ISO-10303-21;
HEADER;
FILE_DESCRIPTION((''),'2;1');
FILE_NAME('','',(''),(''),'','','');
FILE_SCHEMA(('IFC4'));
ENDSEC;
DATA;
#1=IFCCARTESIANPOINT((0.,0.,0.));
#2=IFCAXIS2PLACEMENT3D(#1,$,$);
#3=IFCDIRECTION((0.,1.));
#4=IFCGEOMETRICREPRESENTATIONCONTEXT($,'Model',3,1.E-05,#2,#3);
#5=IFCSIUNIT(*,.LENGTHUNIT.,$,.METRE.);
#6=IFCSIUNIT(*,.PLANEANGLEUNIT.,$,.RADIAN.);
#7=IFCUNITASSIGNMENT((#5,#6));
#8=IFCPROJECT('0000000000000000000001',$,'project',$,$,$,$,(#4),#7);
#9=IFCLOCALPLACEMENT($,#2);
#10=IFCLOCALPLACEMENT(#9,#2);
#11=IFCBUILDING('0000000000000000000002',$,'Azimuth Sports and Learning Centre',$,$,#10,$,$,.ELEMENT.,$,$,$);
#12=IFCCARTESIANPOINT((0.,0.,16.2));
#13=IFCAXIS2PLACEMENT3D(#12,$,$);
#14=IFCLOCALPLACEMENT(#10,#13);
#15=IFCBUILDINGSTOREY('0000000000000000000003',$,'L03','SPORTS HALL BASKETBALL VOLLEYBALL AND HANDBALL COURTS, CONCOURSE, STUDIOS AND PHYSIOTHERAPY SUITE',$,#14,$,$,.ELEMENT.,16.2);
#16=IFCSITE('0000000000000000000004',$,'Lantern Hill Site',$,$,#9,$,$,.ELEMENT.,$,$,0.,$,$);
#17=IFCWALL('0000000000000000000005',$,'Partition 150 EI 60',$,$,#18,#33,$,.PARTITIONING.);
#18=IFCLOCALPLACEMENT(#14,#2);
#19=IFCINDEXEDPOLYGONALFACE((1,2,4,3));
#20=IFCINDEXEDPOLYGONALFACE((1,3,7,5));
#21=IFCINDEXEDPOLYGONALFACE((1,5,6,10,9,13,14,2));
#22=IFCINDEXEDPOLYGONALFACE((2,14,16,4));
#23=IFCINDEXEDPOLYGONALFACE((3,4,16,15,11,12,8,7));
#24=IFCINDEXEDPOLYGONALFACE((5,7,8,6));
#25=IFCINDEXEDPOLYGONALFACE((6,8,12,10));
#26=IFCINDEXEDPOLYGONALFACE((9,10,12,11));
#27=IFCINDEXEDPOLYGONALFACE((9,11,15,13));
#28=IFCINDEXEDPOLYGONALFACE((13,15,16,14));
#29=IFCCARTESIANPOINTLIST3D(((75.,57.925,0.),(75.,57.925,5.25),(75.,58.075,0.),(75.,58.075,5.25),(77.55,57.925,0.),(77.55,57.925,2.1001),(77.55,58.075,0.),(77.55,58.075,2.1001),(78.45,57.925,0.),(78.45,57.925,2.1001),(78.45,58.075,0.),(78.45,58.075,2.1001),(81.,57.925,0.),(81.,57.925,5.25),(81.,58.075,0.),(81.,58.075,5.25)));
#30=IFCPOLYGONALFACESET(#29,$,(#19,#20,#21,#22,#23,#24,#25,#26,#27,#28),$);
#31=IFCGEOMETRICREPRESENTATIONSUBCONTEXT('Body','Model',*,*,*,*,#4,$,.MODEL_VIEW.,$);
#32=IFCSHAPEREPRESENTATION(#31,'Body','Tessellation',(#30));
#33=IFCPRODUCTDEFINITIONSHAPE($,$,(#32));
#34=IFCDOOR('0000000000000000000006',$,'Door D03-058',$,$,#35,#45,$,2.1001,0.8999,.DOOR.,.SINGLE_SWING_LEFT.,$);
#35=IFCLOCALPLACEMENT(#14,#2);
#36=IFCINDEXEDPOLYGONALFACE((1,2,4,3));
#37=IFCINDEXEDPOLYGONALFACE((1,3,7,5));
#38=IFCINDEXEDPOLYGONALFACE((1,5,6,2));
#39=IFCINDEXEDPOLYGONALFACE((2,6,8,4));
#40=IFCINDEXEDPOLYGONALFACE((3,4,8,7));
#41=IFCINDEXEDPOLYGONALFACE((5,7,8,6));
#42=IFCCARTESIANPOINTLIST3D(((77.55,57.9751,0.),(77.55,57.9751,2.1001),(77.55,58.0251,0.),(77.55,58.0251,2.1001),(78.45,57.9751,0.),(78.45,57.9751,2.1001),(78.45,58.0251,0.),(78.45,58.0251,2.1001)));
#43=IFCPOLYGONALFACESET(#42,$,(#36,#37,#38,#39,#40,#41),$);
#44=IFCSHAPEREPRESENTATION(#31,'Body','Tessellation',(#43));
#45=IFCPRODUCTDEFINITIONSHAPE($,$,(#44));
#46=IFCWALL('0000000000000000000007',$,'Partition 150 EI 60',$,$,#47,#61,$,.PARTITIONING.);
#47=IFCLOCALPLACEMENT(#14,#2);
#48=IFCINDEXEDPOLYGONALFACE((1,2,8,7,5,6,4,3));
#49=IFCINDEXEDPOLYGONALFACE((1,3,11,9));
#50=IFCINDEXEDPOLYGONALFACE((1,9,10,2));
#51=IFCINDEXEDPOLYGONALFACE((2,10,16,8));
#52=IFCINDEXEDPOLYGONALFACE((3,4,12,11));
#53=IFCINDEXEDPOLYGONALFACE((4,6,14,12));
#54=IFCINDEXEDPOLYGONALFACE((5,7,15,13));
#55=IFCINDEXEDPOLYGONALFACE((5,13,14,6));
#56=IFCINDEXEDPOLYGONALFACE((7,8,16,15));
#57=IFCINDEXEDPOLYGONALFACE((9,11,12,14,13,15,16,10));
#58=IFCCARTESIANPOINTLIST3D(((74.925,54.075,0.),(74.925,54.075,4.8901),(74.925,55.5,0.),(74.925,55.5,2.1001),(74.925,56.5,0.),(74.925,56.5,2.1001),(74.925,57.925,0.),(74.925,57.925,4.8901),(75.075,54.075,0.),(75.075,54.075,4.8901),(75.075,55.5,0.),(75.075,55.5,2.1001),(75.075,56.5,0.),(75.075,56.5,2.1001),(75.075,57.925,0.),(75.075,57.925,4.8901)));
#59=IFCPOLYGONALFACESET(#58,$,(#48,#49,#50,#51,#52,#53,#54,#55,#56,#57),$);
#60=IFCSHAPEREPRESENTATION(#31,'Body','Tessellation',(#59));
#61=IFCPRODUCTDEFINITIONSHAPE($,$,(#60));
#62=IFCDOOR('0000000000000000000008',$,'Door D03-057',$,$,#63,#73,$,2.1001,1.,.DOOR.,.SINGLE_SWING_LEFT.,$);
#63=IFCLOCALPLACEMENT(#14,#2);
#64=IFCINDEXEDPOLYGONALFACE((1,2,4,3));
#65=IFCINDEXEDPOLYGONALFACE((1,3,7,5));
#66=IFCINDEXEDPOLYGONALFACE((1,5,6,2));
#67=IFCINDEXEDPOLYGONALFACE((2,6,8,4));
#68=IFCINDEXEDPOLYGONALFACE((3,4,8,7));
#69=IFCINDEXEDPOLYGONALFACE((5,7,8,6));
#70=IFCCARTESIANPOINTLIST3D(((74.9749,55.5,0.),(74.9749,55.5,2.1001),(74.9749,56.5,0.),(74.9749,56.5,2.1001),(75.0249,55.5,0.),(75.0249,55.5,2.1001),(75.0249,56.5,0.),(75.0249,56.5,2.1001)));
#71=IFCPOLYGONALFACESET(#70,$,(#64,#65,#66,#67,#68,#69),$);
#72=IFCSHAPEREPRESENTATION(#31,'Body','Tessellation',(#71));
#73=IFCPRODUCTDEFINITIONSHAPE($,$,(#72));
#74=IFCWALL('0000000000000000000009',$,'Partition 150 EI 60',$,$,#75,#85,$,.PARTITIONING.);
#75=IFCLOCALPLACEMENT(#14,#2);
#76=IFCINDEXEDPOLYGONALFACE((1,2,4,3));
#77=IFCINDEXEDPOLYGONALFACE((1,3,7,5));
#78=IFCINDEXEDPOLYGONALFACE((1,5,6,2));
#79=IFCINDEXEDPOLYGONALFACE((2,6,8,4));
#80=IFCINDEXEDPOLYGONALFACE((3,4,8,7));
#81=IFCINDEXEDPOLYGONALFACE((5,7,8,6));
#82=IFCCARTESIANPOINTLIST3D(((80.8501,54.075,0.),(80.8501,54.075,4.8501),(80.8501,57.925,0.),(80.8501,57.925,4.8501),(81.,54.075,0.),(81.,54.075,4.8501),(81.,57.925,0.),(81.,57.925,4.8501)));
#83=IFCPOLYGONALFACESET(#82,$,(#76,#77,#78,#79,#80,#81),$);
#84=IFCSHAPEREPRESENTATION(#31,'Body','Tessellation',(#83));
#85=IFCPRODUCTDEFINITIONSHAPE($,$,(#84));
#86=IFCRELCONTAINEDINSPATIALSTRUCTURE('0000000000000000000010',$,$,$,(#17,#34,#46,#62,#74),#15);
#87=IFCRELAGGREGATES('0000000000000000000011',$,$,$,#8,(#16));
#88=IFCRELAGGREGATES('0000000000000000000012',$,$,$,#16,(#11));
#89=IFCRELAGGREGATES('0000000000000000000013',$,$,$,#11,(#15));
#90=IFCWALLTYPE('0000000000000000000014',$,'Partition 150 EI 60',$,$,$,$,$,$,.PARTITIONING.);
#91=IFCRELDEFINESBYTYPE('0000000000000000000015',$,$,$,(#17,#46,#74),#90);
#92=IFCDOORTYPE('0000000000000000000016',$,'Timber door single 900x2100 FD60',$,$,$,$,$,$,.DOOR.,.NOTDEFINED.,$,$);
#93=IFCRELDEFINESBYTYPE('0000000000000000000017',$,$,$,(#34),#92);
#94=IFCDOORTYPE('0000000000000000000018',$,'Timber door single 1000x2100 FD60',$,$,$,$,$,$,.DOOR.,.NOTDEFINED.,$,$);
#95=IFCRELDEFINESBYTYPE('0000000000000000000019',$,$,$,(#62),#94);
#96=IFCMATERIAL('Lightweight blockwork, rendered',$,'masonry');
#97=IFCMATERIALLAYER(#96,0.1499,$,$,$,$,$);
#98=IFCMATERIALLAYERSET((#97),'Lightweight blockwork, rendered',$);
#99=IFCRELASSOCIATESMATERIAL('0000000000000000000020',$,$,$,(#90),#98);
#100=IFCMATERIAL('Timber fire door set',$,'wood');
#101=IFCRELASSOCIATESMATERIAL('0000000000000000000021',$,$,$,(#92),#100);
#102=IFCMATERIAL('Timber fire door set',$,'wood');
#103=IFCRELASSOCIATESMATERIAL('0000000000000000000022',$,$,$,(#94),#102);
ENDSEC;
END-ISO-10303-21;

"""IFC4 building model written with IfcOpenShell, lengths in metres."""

from ifc_helpers import new_model, si_unit, direction, frame, frame_2d, origin, place, context, subcontext, project, spatial, rectangle, extrude, material, layer, layer_set, type_object, element, fill, save


model = new_model("IFC4")

# Units and contexts
model_context = context("Model", 3, precision=1e-05, world=origin(), true_north=direction((0.0, 1.0)))
body_context = subcontext(model_context, "Body", "Model", "MODEL_VIEW")
ifc_project = project(units=[si_unit("LENGTHUNIT", "METRE"), si_unit("PLANEANGLEUNIT", "RADIAN")], contexts=[model_context])

# Site, building, storey
site_placement = place(None, origin())
site = spatial("IfcSite", under=ifc_project, at=site_placement, Name="Lantern Hill Site", CompositionType="ELEMENT", RefElevation=0.0)
building_placement = place(site_placement, origin())
building = spatial("IfcBuilding", under=site, at=building_placement, Name="Azimuth Sports and Learning Centre", CompositionType="ELEMENT")
storey_placement = place(building_placement, frame((0.0, 0.0, 16.2)))
storey = spatial("IfcBuildingStorey", under=building, at=storey_placement, Name="L03", Description="SPORTS HALL BASKETBALL VOLLEYBALL AND HANDBALL COURTS, CONCOURSE, STUDIOS AND PHYSIOTHERAPY SUITE", CompositionType="ELEMENT", Elevation=16.2)

# Shared definitions
ifc_material_1 = material(Name="Lightweight blockwork, rendered", Category="masonry")
ifc_layer = layer(ifc_material_1, 0.1499)
ifc_layer_set = layer_set([ifc_layer], Name="Lightweight blockwork, rendered")
wall_type = type_object("IfcWallType", Name="Partition 150 EI 60", PredefinedType="PARTITIONING", material=ifc_layer_set)

# Walls, openings, doors
wall_1_placement = place(storey_placement, frame((75.0, 58.0, 0.0), z_axis=(0.0, 0.0, 1.0), x_axis=(1.0, 0.0, 0.0)))
wall_1 = element("IfcWall", 1, at=wall_1_placement, inside=storey, type_object=wall_type, Name="Partition 150 EI 60", PredefinedType="PARTITIONING", context=body_context, shape_type="SweptSolid", body=[
    extrude(rectangle(XDim=6.0, YDim=0.1499, at=frame_2d((3.0, 0.0))), origin(), (0.0, 0.0, 1.0), 5.25),
])
opening_1_placement = place(wall_1_placement, frame((2.55, 0.0, 0.0)))
opening_1 = element("IfcOpeningElement", 2, at=opening_1_placement, cuts=wall_1, PredefinedType="OPENING", context=body_context, shape_type="SweptSolid", body=[
    extrude(rectangle(XDim=0.8999, YDim=2.1001, at=frame_2d((0.45, 1.05))), frame((0.0, 0.0859, 0.0), z_axis=(0.0, -1.0, 0.0), x_axis=(1.0, 0.0, 0.0)), (0.0, 0.0, 1.0), 0.1719),
])
ifc_material_2 = material(Name="Timber fire door set", Category="wood")
door_type_1 = type_object("IfcDoorType", Name="Timber door single 900x2100 FD60", OperationType="NOTDEFINED", PredefinedType="DOOR", material=ifc_material_2)
door_1_placement = place(opening_1_placement, frame((0.8999, 0.0, 0.0), z_axis=(0.0, 0.0, 1.0), x_axis=(-1.0, 0.0, 0.0)))
door_1 = element("IfcDoor", 3, at=door_1_placement, inside=storey, type_object=door_type_1, Name="Door D03-058", OperationType="SINGLE_SWING_LEFT", OverallHeight=2.1001, OverallWidth=0.8999, PredefinedType="DOOR", context=body_context, shape_type="SweptSolid", body=[
    extrude(rectangle(XDim=0.8999, YDim=2.1001, at=frame_2d((0.45, 1.05))), frame((0.0, 0.0249, 0.0), z_axis=(0.0, -1.0, 0.0), x_axis=(1.0, 0.0, 0.0)), (0.0, 0.0, 1.0), 0.05),
])
fill(opening_1, door_1)
wall_2_placement = place(storey_placement, frame((75.0, 54.075, 0.0), z_axis=(0.0, 0.0, 1.0), x_axis=(0.0, 1.0, 0.0)))
wall_2 = element("IfcWall", 4, at=wall_2_placement, inside=storey, type_object=wall_type, Name="Partition 150 EI 60", PredefinedType="PARTITIONING", context=body_context, shape_type="SweptSolid", body=[
    extrude(rectangle(XDim=3.8501, YDim=0.1499, at=frame_2d((1.925, 0.0))), origin(), (0.0, 0.0, 1.0), 4.8901),
])
opening_2_placement = place(wall_2_placement, frame((1.425, 0.0, 0.0)))
opening_2 = element("IfcOpeningElement", 5, at=opening_2_placement, cuts=wall_2, PredefinedType="OPENING", context=body_context, shape_type="SweptSolid", body=[
    extrude(rectangle(XDim=1.0, YDim=2.1001, at=frame_2d((0.5, 1.05))), frame((0.0, 0.0859, 0.0), z_axis=(0.0, -1.0, 0.0), x_axis=(1.0, 0.0, 0.0)), (0.0, 0.0, 1.0), 0.1719),
])
ifc_material_3 = material(Name="Timber fire door set", Category="wood")
door_type_2 = type_object("IfcDoorType", Name="Timber door single 1000x2100 FD60", OperationType="NOTDEFINED", PredefinedType="DOOR", material=ifc_material_3)
door_2_placement = place(opening_2_placement, frame((1.0, 0.0, 0.0), z_axis=(0.0, 0.0, 1.0), x_axis=(-1.0, 0.0, 0.0)))
door_2 = element("IfcDoor", 6, at=door_2_placement, inside=storey, type_object=door_type_2, Name="Door D03-057", OperationType="SINGLE_SWING_LEFT", OverallHeight=2.1001, OverallWidth=1.0, PredefinedType="DOOR", context=body_context, shape_type="SweptSolid", body=[
    extrude(rectangle(XDim=1.0, YDim=2.1001, at=frame_2d((0.5, 1.05))), frame((0.0, 0.0249, 0.0), z_axis=(0.0, -1.0, 0.0), x_axis=(1.0, 0.0, 0.0)), (0.0, 0.0, 1.0), 0.05),
])
fill(opening_2, door_2)

# Wall
wall_3_placement = place(storey_placement, frame((80.925, 54.075, 0.0), z_axis=(0.0, 0.0, 1.0), x_axis=(0.0, 1.0, 0.0)))
element("IfcWall", 7, at=wall_3_placement, inside=storey, type_object=wall_type, Name="Partition 150 EI 60", PredefinedType="PARTITIONING", context=body_context, shape_type="SweptSolid", body=[
    extrude(rectangle(XDim=3.8501, YDim=0.1499, at=frame_2d((1.925, 0.0))), origin(), (0.0, 0.0, 1.0), 4.8501),
])

save(model, "model.ifc")
